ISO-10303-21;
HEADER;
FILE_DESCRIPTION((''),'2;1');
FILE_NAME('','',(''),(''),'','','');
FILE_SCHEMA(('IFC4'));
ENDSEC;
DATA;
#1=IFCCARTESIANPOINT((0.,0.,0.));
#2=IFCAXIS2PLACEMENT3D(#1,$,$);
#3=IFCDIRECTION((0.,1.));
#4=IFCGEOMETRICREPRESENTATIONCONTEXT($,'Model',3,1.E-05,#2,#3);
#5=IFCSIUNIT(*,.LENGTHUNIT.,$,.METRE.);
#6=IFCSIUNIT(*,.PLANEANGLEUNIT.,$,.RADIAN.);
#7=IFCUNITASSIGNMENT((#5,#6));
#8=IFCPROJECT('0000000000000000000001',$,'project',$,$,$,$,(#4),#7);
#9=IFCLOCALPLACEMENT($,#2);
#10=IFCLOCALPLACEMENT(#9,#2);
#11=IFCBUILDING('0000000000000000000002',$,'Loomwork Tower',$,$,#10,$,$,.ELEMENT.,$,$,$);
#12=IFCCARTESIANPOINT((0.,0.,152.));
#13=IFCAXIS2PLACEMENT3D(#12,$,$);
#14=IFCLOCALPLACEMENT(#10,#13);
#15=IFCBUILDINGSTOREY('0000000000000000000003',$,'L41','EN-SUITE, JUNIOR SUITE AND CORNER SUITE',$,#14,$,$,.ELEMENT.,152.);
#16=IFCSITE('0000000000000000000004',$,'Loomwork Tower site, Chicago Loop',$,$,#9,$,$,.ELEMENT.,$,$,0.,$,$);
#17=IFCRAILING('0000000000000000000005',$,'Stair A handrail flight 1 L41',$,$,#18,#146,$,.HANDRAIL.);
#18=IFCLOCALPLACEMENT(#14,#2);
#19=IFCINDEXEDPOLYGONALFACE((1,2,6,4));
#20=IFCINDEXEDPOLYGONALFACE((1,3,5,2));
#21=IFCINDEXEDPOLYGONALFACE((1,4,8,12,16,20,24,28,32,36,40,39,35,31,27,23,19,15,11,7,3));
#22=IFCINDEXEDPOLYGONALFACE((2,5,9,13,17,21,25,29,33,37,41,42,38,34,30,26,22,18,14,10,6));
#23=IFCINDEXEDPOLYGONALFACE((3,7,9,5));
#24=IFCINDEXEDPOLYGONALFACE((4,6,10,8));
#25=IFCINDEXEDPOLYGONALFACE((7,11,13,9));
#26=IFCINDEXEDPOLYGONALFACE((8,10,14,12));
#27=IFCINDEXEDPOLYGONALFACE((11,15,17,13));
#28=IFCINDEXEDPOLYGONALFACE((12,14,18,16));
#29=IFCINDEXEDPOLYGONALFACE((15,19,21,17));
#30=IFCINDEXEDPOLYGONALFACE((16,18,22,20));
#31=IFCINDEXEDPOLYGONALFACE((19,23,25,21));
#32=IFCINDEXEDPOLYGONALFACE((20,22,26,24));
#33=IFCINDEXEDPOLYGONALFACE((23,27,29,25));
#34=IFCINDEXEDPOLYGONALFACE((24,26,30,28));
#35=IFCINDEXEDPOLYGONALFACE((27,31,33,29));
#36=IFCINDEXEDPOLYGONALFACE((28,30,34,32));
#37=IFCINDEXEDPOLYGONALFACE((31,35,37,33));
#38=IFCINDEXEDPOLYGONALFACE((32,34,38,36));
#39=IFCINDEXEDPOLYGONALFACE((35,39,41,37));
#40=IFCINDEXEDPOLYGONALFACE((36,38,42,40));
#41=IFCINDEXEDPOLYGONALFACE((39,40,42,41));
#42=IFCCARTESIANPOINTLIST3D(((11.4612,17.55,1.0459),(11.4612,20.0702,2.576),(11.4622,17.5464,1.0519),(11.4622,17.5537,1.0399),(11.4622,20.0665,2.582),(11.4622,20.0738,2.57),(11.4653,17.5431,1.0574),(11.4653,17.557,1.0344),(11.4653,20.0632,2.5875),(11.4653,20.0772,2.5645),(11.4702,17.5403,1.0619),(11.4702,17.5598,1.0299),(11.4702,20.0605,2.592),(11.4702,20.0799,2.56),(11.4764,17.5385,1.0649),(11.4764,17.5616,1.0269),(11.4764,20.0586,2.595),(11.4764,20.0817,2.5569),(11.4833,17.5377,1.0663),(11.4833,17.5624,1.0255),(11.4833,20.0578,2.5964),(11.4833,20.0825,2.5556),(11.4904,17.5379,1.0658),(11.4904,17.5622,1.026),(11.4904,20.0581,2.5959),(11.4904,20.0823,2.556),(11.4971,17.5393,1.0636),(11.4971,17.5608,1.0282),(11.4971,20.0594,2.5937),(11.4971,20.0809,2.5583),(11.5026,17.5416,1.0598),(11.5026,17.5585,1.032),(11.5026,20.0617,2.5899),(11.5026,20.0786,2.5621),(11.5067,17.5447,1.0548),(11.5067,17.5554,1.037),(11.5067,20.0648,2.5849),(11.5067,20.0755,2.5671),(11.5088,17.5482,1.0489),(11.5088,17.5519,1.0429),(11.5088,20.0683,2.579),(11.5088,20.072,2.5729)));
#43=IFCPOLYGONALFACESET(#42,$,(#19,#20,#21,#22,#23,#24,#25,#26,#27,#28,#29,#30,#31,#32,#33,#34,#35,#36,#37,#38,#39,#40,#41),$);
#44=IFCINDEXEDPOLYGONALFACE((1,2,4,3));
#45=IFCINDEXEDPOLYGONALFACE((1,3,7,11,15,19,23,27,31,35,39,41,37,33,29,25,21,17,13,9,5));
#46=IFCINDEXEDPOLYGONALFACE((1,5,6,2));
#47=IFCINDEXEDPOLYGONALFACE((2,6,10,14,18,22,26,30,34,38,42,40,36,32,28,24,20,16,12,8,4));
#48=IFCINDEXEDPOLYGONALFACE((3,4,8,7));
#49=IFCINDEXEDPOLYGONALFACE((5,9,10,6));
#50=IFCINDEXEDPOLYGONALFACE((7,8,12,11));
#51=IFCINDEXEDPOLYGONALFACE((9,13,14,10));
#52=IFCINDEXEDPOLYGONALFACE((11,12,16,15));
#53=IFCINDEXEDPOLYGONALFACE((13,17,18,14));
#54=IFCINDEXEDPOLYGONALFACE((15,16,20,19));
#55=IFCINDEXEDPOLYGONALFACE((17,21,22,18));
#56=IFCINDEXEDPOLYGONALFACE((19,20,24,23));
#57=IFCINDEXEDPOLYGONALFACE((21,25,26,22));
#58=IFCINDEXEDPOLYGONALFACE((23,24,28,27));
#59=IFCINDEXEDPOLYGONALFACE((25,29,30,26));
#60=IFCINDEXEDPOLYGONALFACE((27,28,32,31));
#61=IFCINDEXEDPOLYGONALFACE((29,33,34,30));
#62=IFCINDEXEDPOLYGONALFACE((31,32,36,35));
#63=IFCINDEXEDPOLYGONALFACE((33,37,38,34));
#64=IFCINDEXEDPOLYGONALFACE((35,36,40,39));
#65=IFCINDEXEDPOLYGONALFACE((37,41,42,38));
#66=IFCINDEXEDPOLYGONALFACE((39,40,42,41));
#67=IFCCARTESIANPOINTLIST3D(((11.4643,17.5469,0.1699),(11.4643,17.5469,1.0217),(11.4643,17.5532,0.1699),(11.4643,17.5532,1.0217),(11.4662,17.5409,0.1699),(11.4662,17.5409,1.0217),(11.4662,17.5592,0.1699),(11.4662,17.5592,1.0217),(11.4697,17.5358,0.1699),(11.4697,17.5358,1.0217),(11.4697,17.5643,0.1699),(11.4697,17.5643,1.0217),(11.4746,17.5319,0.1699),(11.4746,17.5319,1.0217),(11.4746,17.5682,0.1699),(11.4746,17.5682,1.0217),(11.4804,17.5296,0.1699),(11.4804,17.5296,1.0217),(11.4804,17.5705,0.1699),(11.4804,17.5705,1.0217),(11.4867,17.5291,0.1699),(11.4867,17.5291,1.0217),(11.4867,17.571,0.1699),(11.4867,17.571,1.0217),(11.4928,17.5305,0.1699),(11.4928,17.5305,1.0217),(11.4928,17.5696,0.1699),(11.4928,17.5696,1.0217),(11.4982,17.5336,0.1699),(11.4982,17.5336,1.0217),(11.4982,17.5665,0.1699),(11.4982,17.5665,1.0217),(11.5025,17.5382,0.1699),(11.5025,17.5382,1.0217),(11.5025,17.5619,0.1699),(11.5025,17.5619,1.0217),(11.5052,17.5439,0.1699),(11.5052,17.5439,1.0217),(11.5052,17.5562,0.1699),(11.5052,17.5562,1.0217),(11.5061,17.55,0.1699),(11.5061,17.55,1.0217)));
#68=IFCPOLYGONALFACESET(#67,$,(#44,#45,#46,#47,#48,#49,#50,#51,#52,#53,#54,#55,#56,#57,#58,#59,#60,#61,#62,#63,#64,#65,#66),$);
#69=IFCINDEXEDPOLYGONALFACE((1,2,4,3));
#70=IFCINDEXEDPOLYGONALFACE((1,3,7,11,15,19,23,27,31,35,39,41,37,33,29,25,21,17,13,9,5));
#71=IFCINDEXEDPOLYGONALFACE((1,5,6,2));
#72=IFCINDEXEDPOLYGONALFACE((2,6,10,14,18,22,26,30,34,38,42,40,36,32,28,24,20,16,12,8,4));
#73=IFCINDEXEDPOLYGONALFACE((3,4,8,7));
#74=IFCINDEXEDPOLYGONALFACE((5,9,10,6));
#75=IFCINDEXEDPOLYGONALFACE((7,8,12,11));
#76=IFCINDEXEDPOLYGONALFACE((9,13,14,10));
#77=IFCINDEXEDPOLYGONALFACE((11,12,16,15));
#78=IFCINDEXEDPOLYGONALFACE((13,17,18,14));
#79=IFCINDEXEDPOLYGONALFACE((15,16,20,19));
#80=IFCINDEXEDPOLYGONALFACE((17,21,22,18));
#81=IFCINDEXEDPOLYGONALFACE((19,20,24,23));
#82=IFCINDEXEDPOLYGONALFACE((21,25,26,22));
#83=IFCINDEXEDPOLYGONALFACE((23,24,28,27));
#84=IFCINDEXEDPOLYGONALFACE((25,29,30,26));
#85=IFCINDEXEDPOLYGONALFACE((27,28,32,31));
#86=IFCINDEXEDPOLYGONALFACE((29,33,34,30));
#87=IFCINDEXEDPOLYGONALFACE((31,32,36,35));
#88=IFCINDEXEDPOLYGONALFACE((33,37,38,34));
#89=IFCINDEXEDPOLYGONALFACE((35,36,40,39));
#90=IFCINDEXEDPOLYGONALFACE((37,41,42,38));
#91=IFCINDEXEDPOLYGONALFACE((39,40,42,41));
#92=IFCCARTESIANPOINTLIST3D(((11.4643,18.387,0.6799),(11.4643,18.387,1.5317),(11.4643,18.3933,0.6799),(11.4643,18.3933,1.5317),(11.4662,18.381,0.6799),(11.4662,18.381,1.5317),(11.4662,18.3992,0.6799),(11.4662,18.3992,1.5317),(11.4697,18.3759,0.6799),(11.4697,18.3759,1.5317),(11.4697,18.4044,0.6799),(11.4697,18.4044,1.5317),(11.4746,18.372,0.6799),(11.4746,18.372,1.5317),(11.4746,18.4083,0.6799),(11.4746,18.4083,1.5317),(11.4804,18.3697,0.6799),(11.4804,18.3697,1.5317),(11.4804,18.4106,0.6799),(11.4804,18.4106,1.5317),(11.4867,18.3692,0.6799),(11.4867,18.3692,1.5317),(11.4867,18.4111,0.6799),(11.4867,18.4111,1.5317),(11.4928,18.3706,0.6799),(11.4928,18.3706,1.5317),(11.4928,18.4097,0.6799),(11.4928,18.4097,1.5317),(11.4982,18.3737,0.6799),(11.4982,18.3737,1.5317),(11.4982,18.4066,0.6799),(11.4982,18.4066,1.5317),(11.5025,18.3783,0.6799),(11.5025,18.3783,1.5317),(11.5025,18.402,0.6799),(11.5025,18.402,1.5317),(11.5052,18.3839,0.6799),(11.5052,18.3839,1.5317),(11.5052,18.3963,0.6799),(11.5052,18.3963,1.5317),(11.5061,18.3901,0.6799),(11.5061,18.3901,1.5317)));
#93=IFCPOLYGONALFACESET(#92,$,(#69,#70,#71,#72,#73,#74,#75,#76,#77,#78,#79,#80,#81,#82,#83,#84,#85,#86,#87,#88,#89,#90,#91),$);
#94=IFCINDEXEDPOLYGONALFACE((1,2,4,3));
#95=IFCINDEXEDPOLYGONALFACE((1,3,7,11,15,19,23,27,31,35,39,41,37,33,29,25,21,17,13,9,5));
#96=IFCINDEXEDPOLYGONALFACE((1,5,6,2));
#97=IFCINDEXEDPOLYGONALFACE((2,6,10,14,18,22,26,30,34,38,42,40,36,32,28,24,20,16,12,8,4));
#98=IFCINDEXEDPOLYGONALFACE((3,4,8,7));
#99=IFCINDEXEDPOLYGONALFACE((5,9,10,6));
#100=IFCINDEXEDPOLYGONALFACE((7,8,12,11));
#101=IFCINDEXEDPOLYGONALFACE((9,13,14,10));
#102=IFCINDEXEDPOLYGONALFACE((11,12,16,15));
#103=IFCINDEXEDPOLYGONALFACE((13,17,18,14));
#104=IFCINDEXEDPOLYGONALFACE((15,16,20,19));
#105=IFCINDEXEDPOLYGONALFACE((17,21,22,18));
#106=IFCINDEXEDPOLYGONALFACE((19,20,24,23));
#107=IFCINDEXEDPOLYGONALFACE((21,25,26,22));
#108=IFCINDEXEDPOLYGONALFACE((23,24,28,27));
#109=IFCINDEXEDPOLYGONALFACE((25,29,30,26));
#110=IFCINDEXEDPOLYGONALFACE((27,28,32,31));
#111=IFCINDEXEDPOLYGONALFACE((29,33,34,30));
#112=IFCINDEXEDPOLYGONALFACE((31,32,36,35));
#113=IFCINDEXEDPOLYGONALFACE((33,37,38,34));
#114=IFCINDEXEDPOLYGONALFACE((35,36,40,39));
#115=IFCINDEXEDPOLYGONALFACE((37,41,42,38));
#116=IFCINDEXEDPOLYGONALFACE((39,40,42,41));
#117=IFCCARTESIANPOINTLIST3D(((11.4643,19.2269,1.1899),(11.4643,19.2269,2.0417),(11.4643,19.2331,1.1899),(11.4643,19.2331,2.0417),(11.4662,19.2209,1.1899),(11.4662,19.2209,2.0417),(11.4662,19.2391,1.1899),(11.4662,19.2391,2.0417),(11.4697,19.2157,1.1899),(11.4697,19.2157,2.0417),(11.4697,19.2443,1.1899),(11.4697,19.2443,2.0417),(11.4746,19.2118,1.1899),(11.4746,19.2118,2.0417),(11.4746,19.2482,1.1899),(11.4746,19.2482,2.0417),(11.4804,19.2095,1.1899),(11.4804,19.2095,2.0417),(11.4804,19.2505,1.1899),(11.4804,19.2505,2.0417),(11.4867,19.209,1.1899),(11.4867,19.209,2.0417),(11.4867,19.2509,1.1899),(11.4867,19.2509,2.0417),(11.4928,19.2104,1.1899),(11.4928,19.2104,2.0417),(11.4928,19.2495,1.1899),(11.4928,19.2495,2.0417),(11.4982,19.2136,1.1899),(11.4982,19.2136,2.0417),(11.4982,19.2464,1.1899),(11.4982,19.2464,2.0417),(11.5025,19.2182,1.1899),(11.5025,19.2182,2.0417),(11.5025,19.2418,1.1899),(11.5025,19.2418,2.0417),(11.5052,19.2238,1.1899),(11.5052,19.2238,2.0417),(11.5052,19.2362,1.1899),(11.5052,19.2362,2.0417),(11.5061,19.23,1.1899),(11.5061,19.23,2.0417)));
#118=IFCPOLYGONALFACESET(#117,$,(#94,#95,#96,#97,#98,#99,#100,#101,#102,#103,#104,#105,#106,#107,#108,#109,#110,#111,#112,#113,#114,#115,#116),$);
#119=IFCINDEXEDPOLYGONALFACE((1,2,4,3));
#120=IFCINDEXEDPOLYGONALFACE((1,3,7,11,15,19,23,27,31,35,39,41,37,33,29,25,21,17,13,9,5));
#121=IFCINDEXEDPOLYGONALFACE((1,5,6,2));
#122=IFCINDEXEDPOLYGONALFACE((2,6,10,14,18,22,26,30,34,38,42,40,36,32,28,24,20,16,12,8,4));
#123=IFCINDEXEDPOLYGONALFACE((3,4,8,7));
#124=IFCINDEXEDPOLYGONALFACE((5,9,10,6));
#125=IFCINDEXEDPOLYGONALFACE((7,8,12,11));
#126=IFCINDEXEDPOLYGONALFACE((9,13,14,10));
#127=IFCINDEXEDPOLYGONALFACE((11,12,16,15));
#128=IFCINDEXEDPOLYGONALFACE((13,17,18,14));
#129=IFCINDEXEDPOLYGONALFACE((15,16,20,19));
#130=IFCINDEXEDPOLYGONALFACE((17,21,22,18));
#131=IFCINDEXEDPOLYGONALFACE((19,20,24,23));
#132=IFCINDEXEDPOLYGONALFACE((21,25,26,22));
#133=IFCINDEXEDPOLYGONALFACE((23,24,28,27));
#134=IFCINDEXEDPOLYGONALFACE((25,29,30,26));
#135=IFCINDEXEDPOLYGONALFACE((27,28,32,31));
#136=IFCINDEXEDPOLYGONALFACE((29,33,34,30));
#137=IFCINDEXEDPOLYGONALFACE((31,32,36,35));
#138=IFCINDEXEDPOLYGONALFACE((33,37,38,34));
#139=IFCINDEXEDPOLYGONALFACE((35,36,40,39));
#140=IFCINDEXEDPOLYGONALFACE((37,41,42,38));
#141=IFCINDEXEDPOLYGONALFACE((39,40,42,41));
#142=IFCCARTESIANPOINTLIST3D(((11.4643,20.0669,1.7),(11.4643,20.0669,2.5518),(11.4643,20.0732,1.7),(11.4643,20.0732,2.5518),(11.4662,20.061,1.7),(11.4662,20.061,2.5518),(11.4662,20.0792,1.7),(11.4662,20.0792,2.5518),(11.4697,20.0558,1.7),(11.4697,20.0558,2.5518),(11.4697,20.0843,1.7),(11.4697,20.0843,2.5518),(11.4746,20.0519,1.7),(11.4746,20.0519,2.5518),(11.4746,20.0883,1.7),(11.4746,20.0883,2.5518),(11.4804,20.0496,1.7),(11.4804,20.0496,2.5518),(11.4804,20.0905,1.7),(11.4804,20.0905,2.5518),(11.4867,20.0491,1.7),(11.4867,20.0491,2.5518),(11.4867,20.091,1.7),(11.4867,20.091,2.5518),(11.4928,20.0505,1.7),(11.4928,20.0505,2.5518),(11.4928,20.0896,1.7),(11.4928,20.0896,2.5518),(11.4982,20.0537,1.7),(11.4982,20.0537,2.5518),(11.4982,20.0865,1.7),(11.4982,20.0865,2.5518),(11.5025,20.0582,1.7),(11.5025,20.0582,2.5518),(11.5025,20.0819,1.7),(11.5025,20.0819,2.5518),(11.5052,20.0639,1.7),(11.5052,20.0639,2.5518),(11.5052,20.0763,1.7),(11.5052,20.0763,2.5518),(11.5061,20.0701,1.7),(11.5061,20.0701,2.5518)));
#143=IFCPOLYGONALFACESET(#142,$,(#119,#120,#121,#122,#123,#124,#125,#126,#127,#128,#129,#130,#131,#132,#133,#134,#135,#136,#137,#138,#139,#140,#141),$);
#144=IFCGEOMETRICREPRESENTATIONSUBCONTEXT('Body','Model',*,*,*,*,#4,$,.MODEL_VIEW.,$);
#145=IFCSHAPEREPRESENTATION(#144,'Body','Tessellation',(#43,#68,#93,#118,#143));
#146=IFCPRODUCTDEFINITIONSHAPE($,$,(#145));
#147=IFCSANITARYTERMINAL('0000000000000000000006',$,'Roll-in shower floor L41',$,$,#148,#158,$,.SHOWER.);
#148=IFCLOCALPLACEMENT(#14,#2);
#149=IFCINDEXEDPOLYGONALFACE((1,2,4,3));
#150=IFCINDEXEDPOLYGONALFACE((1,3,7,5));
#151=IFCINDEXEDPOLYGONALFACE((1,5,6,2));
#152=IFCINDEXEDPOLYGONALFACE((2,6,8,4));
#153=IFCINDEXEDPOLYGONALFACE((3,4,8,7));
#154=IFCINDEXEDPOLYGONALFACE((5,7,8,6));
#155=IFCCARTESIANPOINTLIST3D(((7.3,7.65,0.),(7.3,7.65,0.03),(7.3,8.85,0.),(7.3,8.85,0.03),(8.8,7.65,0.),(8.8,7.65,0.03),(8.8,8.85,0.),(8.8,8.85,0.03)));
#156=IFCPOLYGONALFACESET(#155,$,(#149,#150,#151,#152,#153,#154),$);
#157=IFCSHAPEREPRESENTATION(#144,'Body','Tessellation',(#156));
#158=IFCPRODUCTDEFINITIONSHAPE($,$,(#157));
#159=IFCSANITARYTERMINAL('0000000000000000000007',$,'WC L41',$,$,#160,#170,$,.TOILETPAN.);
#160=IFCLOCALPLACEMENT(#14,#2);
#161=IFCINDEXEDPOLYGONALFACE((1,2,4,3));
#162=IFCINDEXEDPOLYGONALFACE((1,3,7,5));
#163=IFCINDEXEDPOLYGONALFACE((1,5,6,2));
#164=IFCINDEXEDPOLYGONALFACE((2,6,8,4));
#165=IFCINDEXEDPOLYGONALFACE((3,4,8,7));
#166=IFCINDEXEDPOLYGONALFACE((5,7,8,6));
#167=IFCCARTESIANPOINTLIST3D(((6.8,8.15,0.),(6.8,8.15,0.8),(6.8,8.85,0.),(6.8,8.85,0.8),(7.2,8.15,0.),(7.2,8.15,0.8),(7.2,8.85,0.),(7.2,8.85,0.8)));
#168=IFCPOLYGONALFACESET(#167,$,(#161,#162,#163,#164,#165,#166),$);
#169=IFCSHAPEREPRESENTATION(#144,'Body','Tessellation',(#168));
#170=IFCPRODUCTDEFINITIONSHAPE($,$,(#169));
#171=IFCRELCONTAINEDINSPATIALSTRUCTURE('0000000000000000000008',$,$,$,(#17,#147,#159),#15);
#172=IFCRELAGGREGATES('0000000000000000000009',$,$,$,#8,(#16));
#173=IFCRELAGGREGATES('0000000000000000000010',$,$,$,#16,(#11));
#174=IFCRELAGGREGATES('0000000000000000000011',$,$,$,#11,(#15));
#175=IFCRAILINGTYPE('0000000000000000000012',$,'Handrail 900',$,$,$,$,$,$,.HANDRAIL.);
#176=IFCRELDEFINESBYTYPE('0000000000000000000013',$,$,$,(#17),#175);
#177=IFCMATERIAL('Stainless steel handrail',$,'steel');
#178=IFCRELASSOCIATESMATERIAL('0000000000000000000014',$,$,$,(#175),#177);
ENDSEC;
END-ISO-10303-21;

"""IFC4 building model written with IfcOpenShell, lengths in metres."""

from ifc_helpers import new_model, si_unit, direction, frame, origin, origin_2d, place, context, subcontext, project, spatial, rectangle, circle, extrude, material, type_object, element, save


model = new_model("IFC4")

# Units and contexts
model_context = context("Model", 3, precision=1e-05, world=origin(), true_north=direction((0.0, 1.0)))
body_context = subcontext(model_context, "Body", "Model", "MODEL_VIEW")
ifc_project = project(units=[si_unit("LENGTHUNIT", "METRE"), si_unit("PLANEANGLEUNIT", "RADIAN")], contexts=[model_context])

# Site, building, storey
site_placement = place(None, origin())
site = spatial("IfcSite", under=ifc_project, at=site_placement, Name="Loomwork Tower site, Chicago Loop", CompositionType="ELEMENT", RefElevation=0.0)
building_placement = place(site_placement, origin())
building = spatial("IfcBuilding", under=site, at=building_placement, Name="Loomwork Tower", CompositionType="ELEMENT")
storey_placement = place(building_placement, frame((0.0, 0.0, 152.0)))
storey = spatial("IfcBuildingStorey", under=building, at=storey_placement, Name="L41", Description="EN-SUITE, JUNIOR SUITE AND CORNER SUITE", CompositionType="ELEMENT", Elevation=152.0)

# Railing
ifc_material_1 = material(Name="Stainless steel handrail", Category="steel")
railing_type = type_object("IfcRailingType", Name="Handrail 900", PredefinedType="HANDRAIL", material=ifc_material_1)
railing_placement = place(storey_placement, frame((11.4851, 17.55, 0.1699)))
element("IfcRailing", 1, at=railing_placement, inside=storey, type_object=railing_type, Name="Stair A handrail flight 1 L41", PredefinedType="HANDRAIL", context=body_context, shape_type="SweptSolid", body=[
    extrude(circle(Radius=0.0239, at=origin_2d()), frame((0.0, 0.0, 0.876), z_axis=(0.0, 0.854785, 0.518982), x_axis=(-1.0, 0.0, 0.0)), (0.0, 0.0, 1.0), 2.9482),
    extrude(circle(Radius=0.021, at=origin_2d()), origin(), (0.0, 0.0, 1.0), 0.8518),
    extrude(circle(Radius=0.021, at=origin_2d()), frame((0.0, 0.8401, 0.51)), (0.0, 0.0, 1.0), 0.8518),
    extrude(circle(Radius=0.021, at=origin_2d()), frame((0.0, 1.6799, 1.02)), (0.0, 0.0, 1.0), 0.8518),
    extrude(circle(Radius=0.021, at=origin_2d()), frame((0.0, 2.52, 1.53)), (0.0, 0.0, 1.0), 0.8518),
])

# Sanitary terminals
sanitary_terminal_1_placement = place(storey_placement, frame((8.05, 8.25, 0.0), z_axis=(0.0, 0.0, 1.0), x_axis=(1.0, 0.0, 0.0)))
element("IfcSanitaryTerminal", 2, at=sanitary_terminal_1_placement, inside=storey, Name="Roll-in shower floor L41", PredefinedType="SHOWER", context=body_context, shape_type="SweptSolid", body=[
    extrude(rectangle(XDim=1.5, YDim=1.2, at=origin_2d()), origin(), (0.0, 0.0, 1.0), 0.03),
])
sanitary_terminal_2_placement = place(storey_placement, frame((7.0, 8.5, 0.0), z_axis=(0.0, 0.0, 1.0), x_axis=(1.0, 0.0, 0.0)))
element("IfcSanitaryTerminal", 3, at=sanitary_terminal_2_placement, inside=storey, Name="WC L41", PredefinedType="TOILETPAN", context=body_context, shape_type="SweptSolid", body=[
    extrude(rectangle(XDim=0.3999, YDim=0.7, at=origin_2d()), origin(), (0.0, 0.0, 1.0), 0.8),
])

save(model, "model.ifc")
